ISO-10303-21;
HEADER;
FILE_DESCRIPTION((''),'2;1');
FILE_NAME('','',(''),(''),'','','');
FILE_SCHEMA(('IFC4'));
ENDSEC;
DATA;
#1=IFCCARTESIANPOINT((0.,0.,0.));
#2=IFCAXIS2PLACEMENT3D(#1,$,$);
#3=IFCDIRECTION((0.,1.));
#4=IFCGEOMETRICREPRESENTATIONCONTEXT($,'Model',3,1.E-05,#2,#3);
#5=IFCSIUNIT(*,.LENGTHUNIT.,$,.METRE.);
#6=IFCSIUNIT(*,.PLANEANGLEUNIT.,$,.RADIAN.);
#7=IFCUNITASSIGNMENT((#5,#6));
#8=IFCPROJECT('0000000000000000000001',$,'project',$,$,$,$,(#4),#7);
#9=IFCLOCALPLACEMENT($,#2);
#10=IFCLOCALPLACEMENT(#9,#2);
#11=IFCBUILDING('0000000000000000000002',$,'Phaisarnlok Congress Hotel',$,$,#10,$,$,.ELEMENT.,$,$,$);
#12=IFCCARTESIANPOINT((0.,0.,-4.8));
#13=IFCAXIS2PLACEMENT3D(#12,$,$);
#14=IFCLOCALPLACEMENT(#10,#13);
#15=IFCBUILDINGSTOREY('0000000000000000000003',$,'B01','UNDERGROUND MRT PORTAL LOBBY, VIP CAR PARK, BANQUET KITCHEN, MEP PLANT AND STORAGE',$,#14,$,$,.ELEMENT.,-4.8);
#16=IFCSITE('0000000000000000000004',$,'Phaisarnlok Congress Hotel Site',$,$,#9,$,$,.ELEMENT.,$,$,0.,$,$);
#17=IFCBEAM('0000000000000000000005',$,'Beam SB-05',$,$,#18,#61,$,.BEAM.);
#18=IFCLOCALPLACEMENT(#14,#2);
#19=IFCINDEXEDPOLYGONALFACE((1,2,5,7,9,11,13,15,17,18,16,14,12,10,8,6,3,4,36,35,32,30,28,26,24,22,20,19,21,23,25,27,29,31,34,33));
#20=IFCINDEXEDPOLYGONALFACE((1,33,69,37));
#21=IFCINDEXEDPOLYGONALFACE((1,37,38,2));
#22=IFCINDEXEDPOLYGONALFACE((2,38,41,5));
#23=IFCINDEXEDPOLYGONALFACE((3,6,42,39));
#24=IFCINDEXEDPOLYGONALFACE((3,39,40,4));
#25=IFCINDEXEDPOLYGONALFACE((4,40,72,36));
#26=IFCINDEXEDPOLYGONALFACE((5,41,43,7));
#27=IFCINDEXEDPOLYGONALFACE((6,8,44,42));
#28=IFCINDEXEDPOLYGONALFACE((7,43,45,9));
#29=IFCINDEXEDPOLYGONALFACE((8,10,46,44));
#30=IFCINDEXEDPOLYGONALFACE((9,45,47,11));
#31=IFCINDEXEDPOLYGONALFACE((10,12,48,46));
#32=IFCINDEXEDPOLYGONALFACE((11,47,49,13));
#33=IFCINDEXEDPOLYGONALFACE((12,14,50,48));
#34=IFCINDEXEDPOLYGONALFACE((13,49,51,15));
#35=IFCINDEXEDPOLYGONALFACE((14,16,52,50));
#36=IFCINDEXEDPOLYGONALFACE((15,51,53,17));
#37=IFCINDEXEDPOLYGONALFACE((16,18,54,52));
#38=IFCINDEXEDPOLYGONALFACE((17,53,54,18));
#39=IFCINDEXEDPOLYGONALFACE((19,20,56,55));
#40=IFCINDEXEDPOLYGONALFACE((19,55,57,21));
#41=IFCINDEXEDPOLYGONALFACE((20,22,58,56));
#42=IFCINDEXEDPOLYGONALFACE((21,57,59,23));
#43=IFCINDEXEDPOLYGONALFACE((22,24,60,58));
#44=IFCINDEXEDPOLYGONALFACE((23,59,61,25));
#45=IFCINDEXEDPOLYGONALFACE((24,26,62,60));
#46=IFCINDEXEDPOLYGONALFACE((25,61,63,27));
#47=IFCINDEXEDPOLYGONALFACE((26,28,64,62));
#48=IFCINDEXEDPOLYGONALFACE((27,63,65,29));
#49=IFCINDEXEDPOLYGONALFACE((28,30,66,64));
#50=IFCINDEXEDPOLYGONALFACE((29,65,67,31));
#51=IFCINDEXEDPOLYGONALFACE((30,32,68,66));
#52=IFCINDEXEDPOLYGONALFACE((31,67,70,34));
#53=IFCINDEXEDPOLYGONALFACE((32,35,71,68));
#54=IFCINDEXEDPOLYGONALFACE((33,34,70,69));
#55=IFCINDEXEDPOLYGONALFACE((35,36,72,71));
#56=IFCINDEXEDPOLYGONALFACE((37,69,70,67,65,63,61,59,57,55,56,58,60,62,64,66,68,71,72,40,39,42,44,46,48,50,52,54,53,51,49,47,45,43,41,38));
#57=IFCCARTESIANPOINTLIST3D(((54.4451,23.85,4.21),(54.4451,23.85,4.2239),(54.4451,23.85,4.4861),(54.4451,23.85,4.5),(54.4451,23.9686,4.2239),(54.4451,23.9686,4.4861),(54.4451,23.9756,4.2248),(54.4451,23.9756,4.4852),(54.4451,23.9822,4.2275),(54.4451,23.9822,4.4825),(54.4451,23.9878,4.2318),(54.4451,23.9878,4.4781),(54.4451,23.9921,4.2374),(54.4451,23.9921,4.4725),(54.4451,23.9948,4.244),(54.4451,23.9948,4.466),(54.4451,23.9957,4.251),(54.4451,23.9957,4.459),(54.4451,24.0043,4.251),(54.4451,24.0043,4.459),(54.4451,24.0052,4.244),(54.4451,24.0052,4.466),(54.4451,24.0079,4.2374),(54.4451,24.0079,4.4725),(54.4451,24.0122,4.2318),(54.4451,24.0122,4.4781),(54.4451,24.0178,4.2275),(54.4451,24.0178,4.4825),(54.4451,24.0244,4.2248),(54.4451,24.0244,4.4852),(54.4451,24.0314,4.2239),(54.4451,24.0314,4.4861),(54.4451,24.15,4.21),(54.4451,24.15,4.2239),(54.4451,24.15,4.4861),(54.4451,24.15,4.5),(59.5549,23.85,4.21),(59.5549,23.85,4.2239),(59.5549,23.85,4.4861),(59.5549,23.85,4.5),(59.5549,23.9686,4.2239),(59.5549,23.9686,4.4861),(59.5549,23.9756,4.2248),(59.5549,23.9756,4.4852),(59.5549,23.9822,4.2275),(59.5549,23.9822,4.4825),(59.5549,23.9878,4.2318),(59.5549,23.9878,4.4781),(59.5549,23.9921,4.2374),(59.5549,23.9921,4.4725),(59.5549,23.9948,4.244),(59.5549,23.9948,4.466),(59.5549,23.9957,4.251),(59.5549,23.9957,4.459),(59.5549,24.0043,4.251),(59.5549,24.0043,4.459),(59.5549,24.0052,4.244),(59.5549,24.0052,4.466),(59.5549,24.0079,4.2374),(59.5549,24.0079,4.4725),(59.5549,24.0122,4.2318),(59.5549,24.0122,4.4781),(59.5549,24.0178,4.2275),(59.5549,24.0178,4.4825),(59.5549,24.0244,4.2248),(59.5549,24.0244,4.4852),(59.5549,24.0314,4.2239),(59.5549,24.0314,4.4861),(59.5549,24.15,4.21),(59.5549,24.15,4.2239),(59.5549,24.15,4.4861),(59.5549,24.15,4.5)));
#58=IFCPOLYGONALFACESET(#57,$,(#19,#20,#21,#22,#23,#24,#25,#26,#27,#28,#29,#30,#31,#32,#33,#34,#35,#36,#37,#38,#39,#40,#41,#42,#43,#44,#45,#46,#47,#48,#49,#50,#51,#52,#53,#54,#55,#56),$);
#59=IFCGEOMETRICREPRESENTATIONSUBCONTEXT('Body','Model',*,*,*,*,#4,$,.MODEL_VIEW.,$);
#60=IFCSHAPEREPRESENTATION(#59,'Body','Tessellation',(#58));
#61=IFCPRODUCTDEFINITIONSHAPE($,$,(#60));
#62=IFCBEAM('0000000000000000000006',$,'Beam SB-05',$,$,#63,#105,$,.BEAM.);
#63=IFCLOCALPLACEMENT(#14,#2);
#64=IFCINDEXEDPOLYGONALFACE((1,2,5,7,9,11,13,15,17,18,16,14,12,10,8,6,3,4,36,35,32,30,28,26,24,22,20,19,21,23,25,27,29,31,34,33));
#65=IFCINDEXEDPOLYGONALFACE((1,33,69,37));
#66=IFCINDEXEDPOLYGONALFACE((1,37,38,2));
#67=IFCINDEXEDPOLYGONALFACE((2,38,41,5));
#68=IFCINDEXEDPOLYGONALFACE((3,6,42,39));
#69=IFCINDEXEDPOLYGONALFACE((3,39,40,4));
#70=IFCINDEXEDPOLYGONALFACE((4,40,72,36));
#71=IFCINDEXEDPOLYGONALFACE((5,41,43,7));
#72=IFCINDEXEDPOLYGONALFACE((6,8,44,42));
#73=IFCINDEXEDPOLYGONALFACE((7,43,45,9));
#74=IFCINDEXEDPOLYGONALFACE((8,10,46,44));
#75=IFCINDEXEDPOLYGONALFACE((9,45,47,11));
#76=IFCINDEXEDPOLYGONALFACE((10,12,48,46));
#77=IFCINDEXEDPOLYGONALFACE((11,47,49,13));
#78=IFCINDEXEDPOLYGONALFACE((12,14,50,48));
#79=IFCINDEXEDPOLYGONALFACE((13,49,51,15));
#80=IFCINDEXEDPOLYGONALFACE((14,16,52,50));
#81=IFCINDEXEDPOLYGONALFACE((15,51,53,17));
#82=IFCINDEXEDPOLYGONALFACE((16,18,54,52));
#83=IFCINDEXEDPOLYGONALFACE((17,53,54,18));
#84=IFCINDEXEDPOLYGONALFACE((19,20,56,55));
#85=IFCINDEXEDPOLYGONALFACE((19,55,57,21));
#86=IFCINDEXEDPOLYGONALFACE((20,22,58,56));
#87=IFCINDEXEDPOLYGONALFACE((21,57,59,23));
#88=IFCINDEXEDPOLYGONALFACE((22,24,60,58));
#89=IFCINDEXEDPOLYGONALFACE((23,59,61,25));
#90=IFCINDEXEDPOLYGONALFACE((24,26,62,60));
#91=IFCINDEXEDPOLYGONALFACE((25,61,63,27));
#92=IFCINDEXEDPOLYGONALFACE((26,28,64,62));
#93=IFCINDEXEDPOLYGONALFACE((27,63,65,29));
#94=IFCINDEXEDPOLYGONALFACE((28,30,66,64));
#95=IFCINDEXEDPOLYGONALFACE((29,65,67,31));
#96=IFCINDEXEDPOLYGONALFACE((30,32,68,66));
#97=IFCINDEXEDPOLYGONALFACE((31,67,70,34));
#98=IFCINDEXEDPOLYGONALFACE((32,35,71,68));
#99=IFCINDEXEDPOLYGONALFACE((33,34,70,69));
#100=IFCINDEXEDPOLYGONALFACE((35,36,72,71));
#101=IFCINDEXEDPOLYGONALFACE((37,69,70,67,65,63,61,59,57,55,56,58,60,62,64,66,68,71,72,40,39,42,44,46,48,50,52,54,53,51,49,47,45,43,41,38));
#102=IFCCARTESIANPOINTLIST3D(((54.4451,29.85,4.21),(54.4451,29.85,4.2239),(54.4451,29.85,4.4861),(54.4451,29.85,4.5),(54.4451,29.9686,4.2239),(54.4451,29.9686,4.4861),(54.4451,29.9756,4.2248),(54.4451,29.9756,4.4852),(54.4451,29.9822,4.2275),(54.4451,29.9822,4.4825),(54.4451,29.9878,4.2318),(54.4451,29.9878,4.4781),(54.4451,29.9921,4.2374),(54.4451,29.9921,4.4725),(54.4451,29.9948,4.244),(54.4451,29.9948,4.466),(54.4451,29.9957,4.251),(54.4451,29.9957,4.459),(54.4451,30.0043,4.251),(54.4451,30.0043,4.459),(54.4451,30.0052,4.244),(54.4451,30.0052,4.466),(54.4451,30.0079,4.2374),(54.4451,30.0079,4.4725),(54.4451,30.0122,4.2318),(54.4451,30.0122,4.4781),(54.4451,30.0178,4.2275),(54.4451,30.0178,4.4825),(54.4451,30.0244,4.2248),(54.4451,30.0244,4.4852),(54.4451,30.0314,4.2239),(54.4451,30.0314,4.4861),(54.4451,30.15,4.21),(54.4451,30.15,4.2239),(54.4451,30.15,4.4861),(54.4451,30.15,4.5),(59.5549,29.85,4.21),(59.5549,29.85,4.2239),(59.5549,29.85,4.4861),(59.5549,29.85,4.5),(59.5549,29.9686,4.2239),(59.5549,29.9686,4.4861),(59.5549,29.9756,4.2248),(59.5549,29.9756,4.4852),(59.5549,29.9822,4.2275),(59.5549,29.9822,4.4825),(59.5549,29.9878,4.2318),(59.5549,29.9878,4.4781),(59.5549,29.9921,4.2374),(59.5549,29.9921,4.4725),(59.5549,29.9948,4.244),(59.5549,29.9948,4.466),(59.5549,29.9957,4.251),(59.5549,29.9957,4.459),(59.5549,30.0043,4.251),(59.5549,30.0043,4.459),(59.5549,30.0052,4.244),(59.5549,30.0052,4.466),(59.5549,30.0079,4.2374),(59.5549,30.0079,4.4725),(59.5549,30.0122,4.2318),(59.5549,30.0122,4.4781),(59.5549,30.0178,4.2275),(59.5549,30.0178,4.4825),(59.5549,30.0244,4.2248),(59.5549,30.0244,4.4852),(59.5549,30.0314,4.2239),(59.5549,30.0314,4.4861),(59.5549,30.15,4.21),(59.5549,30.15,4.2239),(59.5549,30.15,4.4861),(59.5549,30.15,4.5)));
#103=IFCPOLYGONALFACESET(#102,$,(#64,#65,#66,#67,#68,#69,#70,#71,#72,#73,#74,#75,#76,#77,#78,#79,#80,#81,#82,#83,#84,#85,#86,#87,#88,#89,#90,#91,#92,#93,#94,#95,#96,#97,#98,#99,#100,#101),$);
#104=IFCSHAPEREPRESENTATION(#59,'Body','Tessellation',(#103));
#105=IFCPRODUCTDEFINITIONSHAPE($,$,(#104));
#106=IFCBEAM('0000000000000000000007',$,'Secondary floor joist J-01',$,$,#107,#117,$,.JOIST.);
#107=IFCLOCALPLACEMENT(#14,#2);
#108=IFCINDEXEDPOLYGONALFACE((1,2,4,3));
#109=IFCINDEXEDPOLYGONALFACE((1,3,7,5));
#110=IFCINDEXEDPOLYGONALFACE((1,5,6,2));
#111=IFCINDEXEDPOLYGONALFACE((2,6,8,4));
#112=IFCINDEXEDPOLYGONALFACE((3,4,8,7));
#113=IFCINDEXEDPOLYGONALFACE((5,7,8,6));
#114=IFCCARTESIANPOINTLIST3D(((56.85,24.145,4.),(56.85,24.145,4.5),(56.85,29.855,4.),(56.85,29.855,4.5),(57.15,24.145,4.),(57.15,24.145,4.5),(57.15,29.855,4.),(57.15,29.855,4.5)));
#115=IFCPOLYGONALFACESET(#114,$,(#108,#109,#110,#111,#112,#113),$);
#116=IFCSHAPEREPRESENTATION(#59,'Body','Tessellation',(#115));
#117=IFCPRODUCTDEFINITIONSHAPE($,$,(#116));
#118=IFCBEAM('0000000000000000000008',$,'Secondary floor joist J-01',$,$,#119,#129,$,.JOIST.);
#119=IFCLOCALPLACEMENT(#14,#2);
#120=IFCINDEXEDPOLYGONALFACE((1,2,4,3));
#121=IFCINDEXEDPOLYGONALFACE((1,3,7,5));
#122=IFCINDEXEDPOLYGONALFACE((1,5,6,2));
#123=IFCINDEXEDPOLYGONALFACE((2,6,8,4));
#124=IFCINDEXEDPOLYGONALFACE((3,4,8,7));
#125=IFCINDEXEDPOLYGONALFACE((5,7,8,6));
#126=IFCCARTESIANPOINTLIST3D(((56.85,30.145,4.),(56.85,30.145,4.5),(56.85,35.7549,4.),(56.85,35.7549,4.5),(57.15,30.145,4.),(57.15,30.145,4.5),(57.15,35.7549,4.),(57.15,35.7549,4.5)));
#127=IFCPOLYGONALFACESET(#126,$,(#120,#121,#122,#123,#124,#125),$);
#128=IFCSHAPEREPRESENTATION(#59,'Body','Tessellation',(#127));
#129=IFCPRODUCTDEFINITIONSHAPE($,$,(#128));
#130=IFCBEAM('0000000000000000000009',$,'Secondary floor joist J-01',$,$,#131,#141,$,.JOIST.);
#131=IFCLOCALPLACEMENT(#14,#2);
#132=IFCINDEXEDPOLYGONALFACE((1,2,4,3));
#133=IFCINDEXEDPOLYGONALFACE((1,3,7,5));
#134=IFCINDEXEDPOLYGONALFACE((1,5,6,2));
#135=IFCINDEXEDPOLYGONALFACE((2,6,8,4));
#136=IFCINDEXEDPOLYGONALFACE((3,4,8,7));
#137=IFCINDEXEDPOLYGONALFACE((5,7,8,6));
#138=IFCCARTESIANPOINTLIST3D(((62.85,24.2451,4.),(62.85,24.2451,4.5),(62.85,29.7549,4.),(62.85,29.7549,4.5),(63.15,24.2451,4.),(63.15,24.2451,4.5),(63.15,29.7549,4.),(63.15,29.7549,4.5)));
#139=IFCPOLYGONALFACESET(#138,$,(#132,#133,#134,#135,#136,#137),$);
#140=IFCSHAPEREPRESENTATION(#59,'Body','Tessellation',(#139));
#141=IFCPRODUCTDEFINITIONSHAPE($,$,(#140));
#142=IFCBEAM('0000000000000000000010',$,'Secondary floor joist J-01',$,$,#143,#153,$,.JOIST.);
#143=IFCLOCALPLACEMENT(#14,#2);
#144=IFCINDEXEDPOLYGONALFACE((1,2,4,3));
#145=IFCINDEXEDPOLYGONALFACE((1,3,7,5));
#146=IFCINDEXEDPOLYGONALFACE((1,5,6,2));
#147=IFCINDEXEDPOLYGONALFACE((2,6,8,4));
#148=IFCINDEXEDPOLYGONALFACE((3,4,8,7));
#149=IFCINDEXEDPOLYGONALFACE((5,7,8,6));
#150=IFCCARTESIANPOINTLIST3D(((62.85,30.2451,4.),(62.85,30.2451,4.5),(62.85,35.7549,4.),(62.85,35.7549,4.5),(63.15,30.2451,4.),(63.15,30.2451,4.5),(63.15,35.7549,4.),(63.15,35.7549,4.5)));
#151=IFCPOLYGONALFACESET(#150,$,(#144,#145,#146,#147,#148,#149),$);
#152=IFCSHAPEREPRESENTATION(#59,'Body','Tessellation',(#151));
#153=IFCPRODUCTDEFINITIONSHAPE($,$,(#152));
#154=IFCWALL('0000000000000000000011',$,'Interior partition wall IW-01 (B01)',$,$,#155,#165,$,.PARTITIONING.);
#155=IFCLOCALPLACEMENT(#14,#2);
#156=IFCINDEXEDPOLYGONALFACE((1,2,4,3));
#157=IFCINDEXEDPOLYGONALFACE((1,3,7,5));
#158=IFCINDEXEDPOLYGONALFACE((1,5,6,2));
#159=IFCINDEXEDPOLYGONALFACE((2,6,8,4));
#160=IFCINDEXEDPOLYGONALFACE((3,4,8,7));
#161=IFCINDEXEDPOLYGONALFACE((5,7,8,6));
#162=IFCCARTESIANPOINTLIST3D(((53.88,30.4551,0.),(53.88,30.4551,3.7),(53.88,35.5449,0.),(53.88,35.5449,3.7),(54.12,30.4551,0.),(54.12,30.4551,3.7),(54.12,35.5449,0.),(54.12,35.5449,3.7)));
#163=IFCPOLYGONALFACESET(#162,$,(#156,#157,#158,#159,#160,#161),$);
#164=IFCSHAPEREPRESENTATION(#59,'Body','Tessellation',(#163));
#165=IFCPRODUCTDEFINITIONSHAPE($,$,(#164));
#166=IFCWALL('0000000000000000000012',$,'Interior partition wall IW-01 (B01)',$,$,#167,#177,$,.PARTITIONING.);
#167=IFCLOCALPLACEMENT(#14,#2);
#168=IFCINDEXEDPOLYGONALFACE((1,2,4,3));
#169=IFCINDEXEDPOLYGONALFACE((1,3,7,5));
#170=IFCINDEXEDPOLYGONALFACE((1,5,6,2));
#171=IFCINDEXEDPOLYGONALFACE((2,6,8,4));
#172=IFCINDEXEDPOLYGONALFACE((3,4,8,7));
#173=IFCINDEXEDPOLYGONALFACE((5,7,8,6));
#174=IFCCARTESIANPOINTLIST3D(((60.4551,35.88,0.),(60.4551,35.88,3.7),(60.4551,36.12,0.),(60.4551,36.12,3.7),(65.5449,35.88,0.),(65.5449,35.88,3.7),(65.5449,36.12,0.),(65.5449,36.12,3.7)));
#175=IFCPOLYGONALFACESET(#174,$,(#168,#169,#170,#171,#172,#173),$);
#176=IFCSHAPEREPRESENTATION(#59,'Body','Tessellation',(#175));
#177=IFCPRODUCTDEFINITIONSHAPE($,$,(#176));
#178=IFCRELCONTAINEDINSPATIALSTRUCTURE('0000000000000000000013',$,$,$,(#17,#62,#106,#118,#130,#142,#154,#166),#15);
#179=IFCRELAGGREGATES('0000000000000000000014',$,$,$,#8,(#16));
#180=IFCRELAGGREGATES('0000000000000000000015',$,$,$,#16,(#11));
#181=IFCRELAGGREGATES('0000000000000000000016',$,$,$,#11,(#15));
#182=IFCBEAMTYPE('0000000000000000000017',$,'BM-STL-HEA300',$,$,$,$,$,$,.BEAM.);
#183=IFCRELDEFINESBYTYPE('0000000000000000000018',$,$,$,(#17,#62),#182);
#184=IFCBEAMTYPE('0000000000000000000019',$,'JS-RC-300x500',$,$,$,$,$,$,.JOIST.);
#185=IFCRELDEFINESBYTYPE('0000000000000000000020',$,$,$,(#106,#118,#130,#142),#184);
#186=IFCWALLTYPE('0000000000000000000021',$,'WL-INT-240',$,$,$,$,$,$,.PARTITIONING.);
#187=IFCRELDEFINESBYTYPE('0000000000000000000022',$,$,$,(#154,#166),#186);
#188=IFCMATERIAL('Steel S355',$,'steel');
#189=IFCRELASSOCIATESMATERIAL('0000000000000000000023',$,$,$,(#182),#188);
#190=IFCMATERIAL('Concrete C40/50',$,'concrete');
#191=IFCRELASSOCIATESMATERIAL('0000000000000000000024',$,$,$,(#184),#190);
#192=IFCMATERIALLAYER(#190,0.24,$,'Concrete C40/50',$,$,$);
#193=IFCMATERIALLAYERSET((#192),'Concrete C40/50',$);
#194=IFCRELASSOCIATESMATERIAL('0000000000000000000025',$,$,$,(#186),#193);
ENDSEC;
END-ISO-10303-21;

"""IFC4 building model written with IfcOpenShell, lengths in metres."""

from ifc_helpers import new_model, si_unit, direction, frame, frame_2d, origin, origin_2d, place, context, subcontext, project, spatial, rectangle, i_section, extrude, material, layer, layer_set, material_profile, profile_set, type_object, element, save


model = new_model("IFC4")

# Units and contexts
model_context = context("Model", 3, precision=1e-05, world=origin(), true_north=direction((0.0, 1.0)))
body_context = subcontext(model_context, "Body", "Model", "MODEL_VIEW")
ifc_project = project(units=[si_unit("LENGTHUNIT", "METRE"), si_unit("PLANEANGLEUNIT", "RADIAN")], contexts=[model_context])

# Site, building, storey
site_placement = place(None, origin())
site = spatial("IfcSite", under=ifc_project, at=site_placement, Name="Phaisarnlok Congress Hotel Site", CompositionType="ELEMENT", RefElevation=0.0)
building_placement = place(site_placement, origin())
building = spatial("IfcBuilding", under=site, at=building_placement, Name="Phaisarnlok Congress Hotel", CompositionType="ELEMENT")
storey_placement = place(building_placement, frame((0.0, 0.0, -4.8)))
storey = spatial("IfcBuildingStorey", under=building, at=storey_placement, Name="B01", Description="UNDERGROUND MRT PORTAL LOBBY, VIP CAR PARK, BANQUET KITCHEN, MEP PLANT AND STORAGE", CompositionType="ELEMENT", Elevation=-4.8)

# Shared definitions
ifc_material_1 = material(Name="Concrete C40/50", Category="concrete")

# Beams
ifc_material_2 = material(Name="Steel S355", Category="steel")
ifc_material_profile_1 = material_profile(ifc_material_2, i_section(OverallWidth=0.3, OverallDepth=0.29, WebThickness=0.0085, FlangeThickness=0.0139, FilletRadius=0.0271, at=origin_2d()), Name="HEA 300")
ifc_profile_set_1 = profile_set([ifc_material_profile_1], Name="Steel S355")
beam_type_1 = type_object("IfcBeamType", Name="BM-STL-HEA300", PredefinedType="BEAM", material=ifc_profile_set_1)
for number, where, z_axis, x_axis, name in (
    (1, (54.4451, 24.0, 4.355), (1.0, 0.0, 0.0), (0.0, 1.0, 0.0), "Beam SB-05"),
    (2, (54.4451, 30.0, 4.355), (1.0, 0.0, 0.0), (0.0, 1.0, 0.0), "Beam SB-05"),
):
    element("IfcBeam", number, at=place(storey_placement, frame(where, z_axis=z_axis, x_axis=x_axis)), inside=storey, type_object=beam_type_1, Name=name, PredefinedType="BEAM", context=body_context, shape_type="SweptSolid", body=[
        extrude(i_section(OverallWidth=0.3, OverallDepth=0.29, WebThickness=0.0085, FlangeThickness=0.0139, FilletRadius=0.0271, at=origin_2d()), origin(), (0.0, 0.0, 1.0), 5.1099),
    ])
ifc_material_profile_2 = material_profile(ifc_material_1, rectangle(XDim=0.3, YDim=0.5, at=origin_2d()), Name="RC 300x500")
ifc_profile_set_2 = profile_set([ifc_material_profile_2], Name="Concrete C40/50")
beam_type_2 = type_object("IfcBeamType", Name="JS-RC-300x500", PredefinedType="JOIST", material=ifc_profile_set_2)
beam_1_placement = place(storey_placement, frame((57.0, 24.145, 4.25), z_axis=(0.0, 1.0, 0.0), x_axis=(-1.0, 0.0, 0.0)))
element("IfcBeam", 3, at=beam_1_placement, inside=storey, type_object=beam_type_2, Name="Secondary floor joist J-01", PredefinedType="JOIST", context=body_context, shape_type="SweptSolid", body=[
    extrude(rectangle(XDim=0.3, YDim=0.5, at=origin_2d()), origin(), (0.0, 0.0, 1.0), 5.71),
])
beam_2_placement = place(storey_placement, frame((57.0, 30.145, 4.25), z_axis=(0.0, 1.0, 0.0), x_axis=(-1.0, 0.0, 0.0)))
element("IfcBeam", 4, at=beam_2_placement, inside=storey, type_object=beam_type_2, Name="Secondary floor joist J-01", PredefinedType="JOIST", context=body_context, shape_type="SweptSolid", body=[
    extrude(rectangle(XDim=0.3, YDim=0.5, at=origin_2d()), origin(), (0.0, 0.0, 1.0), 5.6099),
])
for number, where, z_axis, x_axis, name in (
    (5, (63.0, 24.2451, 4.25), (0.0, 1.0, 0.0), (-1.0, 0.0, 0.0), "Secondary floor joist J-01"),
    (6, (63.0, 30.2451, 4.25), (0.0, 1.0, 0.0), (-1.0, 0.0, 0.0), "Secondary floor joist J-01"),
):
    element("IfcBeam", number, at=place(storey_placement, frame(where, z_axis=z_axis, x_axis=x_axis)), inside=storey, type_object=beam_type_2, Name=name, PredefinedType="JOIST", context=body_context, shape_type="SweptSolid", body=[
        extrude(rectangle(XDim=0.3, YDim=0.5, at=origin_2d()), origin(), (0.0, 0.0, 1.0), 5.5098),
    ])

# Walls
ifc_layer = layer(ifc_material_1, 0.24, Name="Concrete C40/50")
ifc_layer_set = layer_set([ifc_layer], Name="Concrete C40/50")
wall_type = type_object("IfcWallType", Name="WL-INT-240", PredefinedType="PARTITIONING", material=ifc_layer_set)
for number, where, z_axis, x_axis, name in (
    (7, (54.0, 30.4551, 0.0), (0.0, 0.0, 1.0), (0.0, 1.0, 0.0), "Interior partition wall IW-01 (B01)"),
    (8, (60.4551, 36.0, 0.0), (0.0, 0.0, 1.0), (1.0, 0.0, 0.0), "Interior partition wall IW-01 (B01)"),
):
    element("IfcWall", number, at=place(storey_placement, frame(where, z_axis=z_axis, x_axis=x_axis)), inside=storey, type_object=wall_type, Name=name, PredefinedType="PARTITIONING", context=body_context, shape_type="SweptSolid", body=[
        extrude(rectangle(XDim=5.0898, YDim=0.24, at=frame_2d((2.5449, 0.0))), origin(), (0.0, 0.0, 1.0), 3.7),
    ])

save(model, "model.ifc")
